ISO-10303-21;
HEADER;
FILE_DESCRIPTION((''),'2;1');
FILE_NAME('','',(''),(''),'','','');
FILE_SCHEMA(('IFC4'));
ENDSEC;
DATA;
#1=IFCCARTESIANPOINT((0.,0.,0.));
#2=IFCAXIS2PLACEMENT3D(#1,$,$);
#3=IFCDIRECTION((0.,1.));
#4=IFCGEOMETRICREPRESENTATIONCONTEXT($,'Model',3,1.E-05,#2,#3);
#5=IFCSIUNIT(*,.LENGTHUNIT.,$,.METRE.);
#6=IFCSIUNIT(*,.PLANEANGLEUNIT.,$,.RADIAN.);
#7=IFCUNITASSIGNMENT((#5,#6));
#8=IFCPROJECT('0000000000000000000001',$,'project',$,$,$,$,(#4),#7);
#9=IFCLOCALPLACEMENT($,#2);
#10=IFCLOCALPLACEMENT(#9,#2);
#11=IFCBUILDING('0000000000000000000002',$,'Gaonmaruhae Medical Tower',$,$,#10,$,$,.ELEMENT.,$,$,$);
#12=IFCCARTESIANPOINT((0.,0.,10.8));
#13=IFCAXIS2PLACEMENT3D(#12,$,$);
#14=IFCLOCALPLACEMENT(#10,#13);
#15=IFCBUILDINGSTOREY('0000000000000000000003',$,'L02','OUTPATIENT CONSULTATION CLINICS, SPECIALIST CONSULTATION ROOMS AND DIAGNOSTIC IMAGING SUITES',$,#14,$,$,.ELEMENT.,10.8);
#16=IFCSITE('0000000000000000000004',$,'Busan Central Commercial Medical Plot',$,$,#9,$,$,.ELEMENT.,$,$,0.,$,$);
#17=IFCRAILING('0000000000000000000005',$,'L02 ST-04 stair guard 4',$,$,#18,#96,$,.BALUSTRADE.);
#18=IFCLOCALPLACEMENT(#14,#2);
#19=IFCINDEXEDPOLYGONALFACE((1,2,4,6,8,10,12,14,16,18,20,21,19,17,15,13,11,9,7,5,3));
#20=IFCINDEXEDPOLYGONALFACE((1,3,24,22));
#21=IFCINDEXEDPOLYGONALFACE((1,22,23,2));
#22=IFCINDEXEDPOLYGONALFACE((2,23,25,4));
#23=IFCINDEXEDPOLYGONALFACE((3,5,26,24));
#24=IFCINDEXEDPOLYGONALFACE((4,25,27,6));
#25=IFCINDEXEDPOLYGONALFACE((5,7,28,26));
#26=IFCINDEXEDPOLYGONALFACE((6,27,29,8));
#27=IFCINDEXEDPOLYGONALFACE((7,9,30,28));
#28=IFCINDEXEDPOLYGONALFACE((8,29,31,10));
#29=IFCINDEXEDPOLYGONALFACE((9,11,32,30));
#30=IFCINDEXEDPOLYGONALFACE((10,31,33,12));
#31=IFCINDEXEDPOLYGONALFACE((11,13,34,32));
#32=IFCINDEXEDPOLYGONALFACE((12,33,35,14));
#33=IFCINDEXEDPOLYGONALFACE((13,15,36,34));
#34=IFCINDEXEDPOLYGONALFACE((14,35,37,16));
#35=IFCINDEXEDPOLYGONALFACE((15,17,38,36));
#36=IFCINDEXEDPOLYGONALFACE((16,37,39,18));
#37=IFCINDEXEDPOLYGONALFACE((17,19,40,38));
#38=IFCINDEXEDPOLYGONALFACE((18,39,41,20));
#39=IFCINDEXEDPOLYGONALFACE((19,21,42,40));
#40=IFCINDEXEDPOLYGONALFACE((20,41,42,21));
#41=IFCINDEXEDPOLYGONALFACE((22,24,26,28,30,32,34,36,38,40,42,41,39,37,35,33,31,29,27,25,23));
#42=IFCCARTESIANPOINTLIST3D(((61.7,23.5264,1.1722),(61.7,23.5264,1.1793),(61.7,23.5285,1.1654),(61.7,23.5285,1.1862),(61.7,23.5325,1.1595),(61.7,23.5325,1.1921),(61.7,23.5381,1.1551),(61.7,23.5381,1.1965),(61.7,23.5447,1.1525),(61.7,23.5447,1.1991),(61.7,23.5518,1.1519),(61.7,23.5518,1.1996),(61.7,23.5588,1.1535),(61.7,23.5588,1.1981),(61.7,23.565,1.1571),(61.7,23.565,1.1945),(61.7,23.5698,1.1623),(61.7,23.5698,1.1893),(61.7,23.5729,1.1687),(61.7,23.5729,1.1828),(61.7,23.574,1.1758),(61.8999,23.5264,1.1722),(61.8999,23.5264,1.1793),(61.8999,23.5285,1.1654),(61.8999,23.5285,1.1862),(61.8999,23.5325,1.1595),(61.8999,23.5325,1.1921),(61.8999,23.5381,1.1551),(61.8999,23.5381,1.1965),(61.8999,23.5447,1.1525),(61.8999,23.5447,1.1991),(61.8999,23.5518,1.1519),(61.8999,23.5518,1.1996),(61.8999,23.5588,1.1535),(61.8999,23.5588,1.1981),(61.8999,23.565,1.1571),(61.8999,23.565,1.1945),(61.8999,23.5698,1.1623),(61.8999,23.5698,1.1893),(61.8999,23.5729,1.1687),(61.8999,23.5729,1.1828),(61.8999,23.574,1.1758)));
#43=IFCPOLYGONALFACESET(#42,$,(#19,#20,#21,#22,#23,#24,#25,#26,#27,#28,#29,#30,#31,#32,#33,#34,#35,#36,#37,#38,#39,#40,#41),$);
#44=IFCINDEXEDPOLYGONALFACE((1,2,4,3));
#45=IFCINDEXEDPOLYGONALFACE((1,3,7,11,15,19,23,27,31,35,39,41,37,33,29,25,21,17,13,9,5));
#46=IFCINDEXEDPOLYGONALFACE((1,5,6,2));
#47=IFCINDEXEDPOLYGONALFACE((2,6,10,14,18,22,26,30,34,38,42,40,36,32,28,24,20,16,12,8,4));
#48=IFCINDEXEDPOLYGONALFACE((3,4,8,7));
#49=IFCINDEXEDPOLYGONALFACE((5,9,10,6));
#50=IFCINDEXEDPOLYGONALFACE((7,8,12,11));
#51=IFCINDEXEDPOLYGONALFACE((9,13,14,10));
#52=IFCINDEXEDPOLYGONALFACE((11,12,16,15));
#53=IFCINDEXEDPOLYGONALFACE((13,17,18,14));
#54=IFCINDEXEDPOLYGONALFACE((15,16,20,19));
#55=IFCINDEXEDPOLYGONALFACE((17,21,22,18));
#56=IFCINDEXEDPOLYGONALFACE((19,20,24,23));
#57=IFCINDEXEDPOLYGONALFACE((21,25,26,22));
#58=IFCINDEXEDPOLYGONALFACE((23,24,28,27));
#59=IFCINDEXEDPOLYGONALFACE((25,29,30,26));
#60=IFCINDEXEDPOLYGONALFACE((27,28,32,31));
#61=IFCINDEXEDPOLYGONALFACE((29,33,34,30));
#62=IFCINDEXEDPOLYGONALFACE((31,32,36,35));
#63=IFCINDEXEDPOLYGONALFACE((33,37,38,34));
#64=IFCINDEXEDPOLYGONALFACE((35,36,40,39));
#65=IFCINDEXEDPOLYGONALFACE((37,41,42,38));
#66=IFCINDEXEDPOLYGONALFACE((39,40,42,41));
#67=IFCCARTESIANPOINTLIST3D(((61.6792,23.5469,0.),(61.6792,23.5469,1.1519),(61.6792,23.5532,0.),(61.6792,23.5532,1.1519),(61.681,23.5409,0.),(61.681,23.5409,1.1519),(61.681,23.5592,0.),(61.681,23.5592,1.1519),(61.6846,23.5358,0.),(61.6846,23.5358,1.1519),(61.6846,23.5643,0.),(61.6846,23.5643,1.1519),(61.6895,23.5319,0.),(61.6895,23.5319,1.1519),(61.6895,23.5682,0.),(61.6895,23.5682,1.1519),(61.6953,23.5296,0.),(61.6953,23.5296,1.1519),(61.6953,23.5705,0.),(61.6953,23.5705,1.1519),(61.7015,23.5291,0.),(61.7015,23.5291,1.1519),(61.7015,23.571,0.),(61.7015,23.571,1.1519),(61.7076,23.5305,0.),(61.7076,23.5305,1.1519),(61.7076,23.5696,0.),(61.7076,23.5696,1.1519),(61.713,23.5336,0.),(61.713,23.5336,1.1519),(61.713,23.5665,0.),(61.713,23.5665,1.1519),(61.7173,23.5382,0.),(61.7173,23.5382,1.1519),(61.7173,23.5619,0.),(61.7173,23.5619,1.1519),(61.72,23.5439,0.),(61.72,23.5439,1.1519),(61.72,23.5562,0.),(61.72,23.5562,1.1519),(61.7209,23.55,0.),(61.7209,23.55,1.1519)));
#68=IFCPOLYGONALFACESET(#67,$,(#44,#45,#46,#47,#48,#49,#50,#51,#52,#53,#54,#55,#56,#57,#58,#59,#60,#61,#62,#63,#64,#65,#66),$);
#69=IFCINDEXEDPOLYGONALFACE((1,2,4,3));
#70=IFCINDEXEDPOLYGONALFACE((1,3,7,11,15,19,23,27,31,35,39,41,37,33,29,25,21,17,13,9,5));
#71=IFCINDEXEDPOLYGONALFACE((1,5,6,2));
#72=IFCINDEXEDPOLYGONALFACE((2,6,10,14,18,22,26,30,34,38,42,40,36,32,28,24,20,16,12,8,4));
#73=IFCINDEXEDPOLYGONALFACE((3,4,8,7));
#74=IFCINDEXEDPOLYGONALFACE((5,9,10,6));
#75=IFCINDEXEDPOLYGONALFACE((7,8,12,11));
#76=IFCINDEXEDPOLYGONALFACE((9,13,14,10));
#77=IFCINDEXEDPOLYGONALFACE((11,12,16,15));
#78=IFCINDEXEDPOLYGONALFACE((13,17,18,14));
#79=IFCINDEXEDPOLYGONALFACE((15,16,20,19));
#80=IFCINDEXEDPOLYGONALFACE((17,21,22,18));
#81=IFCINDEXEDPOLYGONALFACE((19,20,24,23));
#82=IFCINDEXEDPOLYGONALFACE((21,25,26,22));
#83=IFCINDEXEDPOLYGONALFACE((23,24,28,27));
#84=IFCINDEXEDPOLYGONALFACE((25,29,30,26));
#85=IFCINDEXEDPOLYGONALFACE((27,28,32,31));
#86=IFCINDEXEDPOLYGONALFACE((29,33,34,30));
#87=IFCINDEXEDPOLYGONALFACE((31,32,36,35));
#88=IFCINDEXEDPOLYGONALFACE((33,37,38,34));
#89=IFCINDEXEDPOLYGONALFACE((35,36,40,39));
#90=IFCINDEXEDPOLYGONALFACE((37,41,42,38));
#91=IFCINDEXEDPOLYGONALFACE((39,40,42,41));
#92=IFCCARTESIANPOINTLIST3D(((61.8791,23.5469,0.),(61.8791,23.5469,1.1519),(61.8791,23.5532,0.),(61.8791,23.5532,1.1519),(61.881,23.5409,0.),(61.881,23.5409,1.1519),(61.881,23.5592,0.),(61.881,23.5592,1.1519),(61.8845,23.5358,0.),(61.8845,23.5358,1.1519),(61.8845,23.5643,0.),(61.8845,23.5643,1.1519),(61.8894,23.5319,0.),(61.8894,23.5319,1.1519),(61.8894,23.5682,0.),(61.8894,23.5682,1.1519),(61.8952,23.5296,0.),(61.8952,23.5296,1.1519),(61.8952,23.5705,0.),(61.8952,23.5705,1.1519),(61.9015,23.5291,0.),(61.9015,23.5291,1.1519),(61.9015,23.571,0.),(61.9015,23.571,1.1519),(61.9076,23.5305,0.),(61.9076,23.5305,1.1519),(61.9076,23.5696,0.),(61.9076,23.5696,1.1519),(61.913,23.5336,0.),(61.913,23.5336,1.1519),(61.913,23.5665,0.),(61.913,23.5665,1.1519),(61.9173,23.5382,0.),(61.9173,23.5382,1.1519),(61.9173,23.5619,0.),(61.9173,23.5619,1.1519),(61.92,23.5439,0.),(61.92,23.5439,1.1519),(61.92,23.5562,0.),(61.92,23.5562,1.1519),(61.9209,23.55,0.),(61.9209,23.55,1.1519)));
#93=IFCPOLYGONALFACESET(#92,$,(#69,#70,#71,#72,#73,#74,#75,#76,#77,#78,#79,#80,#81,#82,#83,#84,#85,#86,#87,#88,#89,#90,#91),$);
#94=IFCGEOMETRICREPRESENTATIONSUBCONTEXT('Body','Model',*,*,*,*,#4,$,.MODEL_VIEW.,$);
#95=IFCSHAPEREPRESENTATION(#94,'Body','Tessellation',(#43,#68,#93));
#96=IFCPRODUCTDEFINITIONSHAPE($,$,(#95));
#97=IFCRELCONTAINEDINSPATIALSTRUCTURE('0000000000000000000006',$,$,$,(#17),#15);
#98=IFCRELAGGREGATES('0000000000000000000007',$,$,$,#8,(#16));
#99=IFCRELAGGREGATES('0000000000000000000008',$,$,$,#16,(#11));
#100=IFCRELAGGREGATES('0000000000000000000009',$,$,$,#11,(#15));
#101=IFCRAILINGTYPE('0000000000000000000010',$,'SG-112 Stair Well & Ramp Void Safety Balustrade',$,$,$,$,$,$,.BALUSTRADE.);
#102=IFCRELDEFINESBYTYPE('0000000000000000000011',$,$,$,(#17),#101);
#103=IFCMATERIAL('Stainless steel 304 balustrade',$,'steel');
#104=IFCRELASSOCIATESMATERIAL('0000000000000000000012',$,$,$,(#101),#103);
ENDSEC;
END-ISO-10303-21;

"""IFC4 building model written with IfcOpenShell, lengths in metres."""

from ifc_helpers import new_model, si_unit, direction, frame, origin, origin_2d, place, context, subcontext, project, spatial, circle, extrude, material, type_object, element, save


model = new_model("IFC4")

# Units and contexts
model_context = context("Model", 3, precision=1e-05, world=origin(), true_north=direction((0.0, 1.0)))
body_context = subcontext(model_context, "Body", "Model", "MODEL_VIEW")
ifc_project = project(units=[si_unit("LENGTHUNIT", "METRE"), si_unit("PLANEANGLEUNIT", "RADIAN")], contexts=[model_context])

# Site, building, storey
site_placement = place(None, origin())
site = spatial("IfcSite", under=ifc_project, at=site_placement, Name="Busan Central Commercial Medical Plot", CompositionType="ELEMENT", RefElevation=0.0)
building_placement = place(site_placement, origin())
building = spatial("IfcBuilding", under=site, at=building_placement, Name="Gaonmaruhae Medical Tower", CompositionType="ELEMENT")
storey_placement = place(building_placement, frame((0.0, 0.0, 10.8)))
storey = spatial("IfcBuildingStorey", under=building, at=storey_placement, Name="L02", Description="OUTPATIENT CONSULTATION CLINICS, SPECIALIST CONSULTATION ROOMS AND DIAGNOSTIC IMAGING SUITES", CompositionType="ELEMENT", Elevation=10.8)

# Railing
ifc_material_1 = material(Name="Stainless steel 304 balustrade", Category="steel")
railing_type_1 = type_object("IfcRailingType", Name="SG-112 Stair Well & Ramp Void Safety Balustrade", PredefinedType="BALUSTRADE", material=ifc_material_1)
railing_1_placement = place(storey_placement, frame((61.7, 23.55, 0.0)))
element("IfcRailing", 1, at=railing_1_placement, inside=storey, type_object=railing_type_1, Name="L02 ST-04 stair guard 4", PredefinedType="BALUSTRADE", context=body_context, shape_type="SweptSolid", body=[
    extrude(circle(Radius=0.0239, at=origin_2d()), frame((0.0, 0.0, 1.1758), z_axis=(1.0, 0.0, 0.0), x_axis=(0.0, 1.0, 0.0)), (0.0, 0.0, 1.0), 0.2),
    extrude(circle(Radius=0.021, at=origin_2d()), origin(), (0.0, 0.0, 1.0), 1.1519),
    extrude(circle(Radius=0.021, at=origin_2d()), frame((0.2, 0.0, 0.0)), (0.0, 0.0, 1.0), 1.1519),
])

save(model, "model.ifc")
